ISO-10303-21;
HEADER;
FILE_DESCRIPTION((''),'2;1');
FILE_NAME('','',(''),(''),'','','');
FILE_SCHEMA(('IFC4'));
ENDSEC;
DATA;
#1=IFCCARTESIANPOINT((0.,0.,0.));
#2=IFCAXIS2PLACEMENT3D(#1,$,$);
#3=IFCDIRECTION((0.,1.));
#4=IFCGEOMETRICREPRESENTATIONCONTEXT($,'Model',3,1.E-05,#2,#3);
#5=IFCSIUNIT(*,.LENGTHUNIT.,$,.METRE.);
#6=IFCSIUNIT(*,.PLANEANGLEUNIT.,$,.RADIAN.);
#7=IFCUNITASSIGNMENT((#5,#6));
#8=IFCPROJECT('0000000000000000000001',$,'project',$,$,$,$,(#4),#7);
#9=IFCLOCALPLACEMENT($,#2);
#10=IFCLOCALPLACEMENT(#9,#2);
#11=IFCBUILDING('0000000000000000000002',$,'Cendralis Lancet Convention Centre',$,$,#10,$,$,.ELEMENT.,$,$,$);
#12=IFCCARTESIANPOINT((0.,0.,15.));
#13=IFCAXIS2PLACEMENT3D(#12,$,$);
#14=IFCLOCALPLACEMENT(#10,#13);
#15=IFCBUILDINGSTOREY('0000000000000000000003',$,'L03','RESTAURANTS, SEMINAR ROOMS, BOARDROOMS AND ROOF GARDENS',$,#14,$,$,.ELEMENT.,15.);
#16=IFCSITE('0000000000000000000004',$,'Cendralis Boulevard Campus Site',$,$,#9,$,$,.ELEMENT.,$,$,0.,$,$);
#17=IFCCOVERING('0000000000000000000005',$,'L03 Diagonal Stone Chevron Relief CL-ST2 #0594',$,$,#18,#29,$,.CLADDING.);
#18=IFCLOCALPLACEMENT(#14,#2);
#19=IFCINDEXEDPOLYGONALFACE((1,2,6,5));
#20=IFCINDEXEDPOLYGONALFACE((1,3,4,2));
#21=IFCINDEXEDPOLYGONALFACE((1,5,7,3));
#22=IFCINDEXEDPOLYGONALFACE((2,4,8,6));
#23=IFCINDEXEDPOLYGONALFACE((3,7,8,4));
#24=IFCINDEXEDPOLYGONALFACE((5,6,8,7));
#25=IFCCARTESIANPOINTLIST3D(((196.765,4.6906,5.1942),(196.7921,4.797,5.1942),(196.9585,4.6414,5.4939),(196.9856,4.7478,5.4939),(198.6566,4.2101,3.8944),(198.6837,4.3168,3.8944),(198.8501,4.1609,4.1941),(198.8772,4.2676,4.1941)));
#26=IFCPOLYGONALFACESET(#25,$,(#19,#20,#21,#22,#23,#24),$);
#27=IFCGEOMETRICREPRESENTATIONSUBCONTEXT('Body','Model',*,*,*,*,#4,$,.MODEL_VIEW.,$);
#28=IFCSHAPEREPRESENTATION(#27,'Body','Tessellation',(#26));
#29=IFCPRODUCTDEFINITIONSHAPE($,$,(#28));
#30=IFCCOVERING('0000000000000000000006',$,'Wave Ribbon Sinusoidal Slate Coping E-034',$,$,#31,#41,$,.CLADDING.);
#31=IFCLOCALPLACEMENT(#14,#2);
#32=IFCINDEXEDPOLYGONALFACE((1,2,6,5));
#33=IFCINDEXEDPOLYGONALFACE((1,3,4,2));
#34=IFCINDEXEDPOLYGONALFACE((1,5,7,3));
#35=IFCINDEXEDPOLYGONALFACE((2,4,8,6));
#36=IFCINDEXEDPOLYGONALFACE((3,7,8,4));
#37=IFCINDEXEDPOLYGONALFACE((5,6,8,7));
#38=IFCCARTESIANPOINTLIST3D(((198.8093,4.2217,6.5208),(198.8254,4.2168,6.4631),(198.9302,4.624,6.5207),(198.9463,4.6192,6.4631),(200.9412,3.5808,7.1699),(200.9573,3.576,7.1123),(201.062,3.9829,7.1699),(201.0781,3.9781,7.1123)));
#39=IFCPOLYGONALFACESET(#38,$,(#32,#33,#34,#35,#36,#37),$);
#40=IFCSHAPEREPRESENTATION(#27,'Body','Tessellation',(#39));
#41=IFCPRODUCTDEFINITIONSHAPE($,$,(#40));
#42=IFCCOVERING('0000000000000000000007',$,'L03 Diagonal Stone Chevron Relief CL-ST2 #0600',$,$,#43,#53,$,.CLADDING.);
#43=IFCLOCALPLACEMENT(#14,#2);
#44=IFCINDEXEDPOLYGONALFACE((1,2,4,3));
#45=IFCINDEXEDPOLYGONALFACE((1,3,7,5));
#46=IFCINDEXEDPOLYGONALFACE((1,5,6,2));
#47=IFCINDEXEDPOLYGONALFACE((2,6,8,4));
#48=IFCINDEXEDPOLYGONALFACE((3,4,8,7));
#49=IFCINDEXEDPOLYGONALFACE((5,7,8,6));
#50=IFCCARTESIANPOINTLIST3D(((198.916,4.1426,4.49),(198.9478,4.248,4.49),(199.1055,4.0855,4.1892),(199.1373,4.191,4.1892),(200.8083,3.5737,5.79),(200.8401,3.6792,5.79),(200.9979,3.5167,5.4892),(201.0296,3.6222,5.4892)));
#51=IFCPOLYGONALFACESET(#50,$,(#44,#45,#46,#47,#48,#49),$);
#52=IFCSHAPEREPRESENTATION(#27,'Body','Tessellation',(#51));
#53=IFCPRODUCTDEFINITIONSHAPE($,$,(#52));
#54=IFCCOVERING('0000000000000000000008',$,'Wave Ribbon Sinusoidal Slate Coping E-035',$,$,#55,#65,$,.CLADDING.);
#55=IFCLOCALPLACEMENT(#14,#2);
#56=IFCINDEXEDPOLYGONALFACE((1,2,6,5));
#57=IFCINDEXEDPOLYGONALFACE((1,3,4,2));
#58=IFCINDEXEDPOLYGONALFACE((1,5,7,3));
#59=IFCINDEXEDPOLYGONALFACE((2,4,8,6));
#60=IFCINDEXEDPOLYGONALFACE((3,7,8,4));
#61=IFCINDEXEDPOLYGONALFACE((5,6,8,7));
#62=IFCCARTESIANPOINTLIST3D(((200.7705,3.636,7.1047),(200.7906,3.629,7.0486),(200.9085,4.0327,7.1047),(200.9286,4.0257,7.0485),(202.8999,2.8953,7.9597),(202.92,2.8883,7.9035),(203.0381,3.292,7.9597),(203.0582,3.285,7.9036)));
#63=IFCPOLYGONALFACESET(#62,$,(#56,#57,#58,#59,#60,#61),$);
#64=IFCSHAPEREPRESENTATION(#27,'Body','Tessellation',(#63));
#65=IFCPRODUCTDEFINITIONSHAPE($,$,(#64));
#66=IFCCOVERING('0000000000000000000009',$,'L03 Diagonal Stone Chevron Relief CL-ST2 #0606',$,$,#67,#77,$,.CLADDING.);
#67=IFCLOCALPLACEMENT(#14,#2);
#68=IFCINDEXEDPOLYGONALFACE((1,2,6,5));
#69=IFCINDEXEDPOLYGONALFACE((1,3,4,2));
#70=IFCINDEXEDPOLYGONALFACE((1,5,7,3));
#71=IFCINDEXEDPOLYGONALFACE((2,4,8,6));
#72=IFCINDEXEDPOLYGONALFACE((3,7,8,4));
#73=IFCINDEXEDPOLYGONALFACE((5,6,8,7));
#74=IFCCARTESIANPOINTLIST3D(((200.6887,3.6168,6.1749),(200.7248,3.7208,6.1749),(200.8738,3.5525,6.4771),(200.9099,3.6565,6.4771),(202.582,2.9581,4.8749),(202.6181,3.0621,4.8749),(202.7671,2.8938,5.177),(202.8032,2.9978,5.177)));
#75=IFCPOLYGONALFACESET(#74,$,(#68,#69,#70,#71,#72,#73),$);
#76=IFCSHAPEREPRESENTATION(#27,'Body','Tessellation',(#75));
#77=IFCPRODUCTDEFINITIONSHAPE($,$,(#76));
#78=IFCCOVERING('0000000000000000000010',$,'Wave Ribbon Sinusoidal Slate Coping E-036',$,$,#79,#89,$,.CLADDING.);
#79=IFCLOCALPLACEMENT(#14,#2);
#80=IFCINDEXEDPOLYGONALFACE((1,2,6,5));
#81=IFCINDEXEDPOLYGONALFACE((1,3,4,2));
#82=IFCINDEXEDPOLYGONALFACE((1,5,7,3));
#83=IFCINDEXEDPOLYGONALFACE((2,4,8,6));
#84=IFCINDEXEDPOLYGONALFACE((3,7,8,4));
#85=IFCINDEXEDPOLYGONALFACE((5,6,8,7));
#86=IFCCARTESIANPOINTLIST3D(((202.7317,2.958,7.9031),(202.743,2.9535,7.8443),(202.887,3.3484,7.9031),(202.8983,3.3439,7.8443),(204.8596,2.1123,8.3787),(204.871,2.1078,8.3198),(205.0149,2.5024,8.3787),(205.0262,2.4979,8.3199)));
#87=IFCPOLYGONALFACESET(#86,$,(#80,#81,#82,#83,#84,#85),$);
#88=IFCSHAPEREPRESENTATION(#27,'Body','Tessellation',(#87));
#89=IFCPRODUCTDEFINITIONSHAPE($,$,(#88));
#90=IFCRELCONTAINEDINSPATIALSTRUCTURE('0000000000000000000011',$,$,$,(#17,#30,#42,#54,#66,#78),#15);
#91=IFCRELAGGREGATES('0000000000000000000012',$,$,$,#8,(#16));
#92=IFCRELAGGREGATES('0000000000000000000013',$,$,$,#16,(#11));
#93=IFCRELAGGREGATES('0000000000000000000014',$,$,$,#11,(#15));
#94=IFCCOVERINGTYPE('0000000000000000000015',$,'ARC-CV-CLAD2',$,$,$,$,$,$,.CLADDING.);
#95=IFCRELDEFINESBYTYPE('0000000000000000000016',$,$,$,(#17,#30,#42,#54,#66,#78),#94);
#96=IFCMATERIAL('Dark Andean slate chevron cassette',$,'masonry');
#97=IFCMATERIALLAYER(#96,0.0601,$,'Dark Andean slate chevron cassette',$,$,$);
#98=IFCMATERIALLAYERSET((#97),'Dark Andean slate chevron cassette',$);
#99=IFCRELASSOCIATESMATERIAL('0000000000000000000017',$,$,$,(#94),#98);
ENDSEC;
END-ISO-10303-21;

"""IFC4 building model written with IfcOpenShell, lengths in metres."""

from ifc_helpers import new_model, si_unit, direction, frame, origin, place, context, subcontext, project, spatial, polyline, outline, extrude, material, layer, layer_set, type_object, element, save


model = new_model("IFC4")

# Units and contexts
model_context = context("Model", 3, precision=1e-05, world=origin(), true_north=direction((0.0, 1.0)))
body_context = subcontext(model_context, "Body", "Model", "MODEL_VIEW")
ifc_project = project(units=[si_unit("LENGTHUNIT", "METRE"), si_unit("PLANEANGLEUNIT", "RADIAN")], contexts=[model_context])

# Site, building, storey
site_placement = place(None, origin())
site = spatial("IfcSite", under=ifc_project, at=site_placement, Name="Cendralis Boulevard Campus Site", CompositionType="ELEMENT", RefElevation=0.0)
building_placement = place(site_placement, origin())
building = spatial("IfcBuilding", under=site, at=building_placement, Name="Cendralis Lancet Convention Centre", CompositionType="ELEMENT")
storey_placement = place(building_placement, frame((0.0, 0.0, 15.0)))
storey = spatial("IfcBuildingStorey", under=building, at=storey_placement, Name="L03", Description="RESTAURANTS, SEMINAR ROOMS, BOARDROOMS AND ROOF GARDENS", CompositionType="ELEMENT", Elevation=15.0)

# Shared definitions
ifc_material_1 = material(Name="Dark Andean slate chevron cassette", Category="masonry")

# Coverings
ifc_layer_1 = layer(ifc_material_1, 0.0601, Name="Dark Andean slate chevron cassette")
ifc_layer_set_1 = layer_set([ifc_layer_1], Name="Dark Andean slate chevron cassette")
covering_type_1 = type_object("IfcCoveringType", Name="ARC-CV-CLAD2", PredefinedType="CLADDING", material=ifc_layer_set_1)
covering_1_placement = place(storey_placement, frame((196.9585, 4.6414, 5.4939), z_axis=(0.537222, -0.136613, 0.832304), x_axis=(0.806688, -0.2049, -0.55432)))
element("IfcCovering", 1, at=covering_1_placement, inside=storey, type_object=covering_type_1, Name="L03 Diagonal Stone Chevron Relief CL-ST2 #0594", PredefinedType="CLADDING", context=body_context, shape_type="SweptSolid", body=[
    extrude(outline(polyline([(0.0, 0.0), (2.3449, 0.0), (2.3449, 0.1101), (0.0001, 0.1098), (0.0, 0.0)])), origin(), (0.0, 0.0, -1.0), 0.3601),
])
covering_2_placement = place(storey_placement, frame((198.8093, 4.2217, 6.5208), z_axis=(-0.268114, 0.080556, 0.960013), x_axis=(0.919369, -0.276379, 0.279955)))
element("IfcCovering", 2, at=covering_2_placement, inside=storey, type_object=covering_type_1, Name="Wave Ribbon Sinusoidal Slate Coping E-034", PredefinedType="CLADDING", context=body_context, shape_type="SweptSolid", body=[
    extrude(outline(polyline([(0.0, 0.0), (2.3188, 0.0), (2.3188, 0.4199), (-0.0001, 0.4201), (0.0, 0.0)])), origin(), (0.0, 0.0, -1.0), 0.0601),
])
covering_3_placement = place(storey_placement, frame((198.916, 4.1426, 4.49), z_axis=(-0.526319, 0.158383, 0.835406), x_axis=(0.80004, -0.240497, 0.549634)))
element("IfcCovering", 3, at=covering_3_placement, inside=storey, type_object=covering_type_1, Name="L03 Diagonal Stone Chevron Relief CL-ST2 #0600", PredefinedType="CLADDING", context=body_context, shape_type="SweptSolid", body=[
    extrude(outline(polyline([(0.0, 0.0), (2.3653, 0.0), (2.3653, 0.1101), (0.0, 0.1101), (0.0, 0.0)])), origin(), (0.0, 0.0, -1.0), 0.3601),
])
covering_4_placement = place(storey_placement, frame((200.7705, 3.636, 7.1047), z_axis=(-0.334871, 0.116535, 0.93503), x_axis=(0.883125, -0.3072, 0.354568)))
element("IfcCovering", 4, at=covering_4_placement, inside=storey, type_object=covering_type_1, Name="Wave Ribbon Sinusoidal Slate Coping E-035", PredefinedType="CLADDING", context=body_context, shape_type="SweptSolid", body=[
    extrude(outline(polyline([(0.0, 0.0), (2.4112, 0.0), (2.4114, 0.4201), (-0.0001, 0.42), (0.0, 0.0)])), origin(), (0.0, 0.0, -1.0), 0.0601),
])
covering_5_placement = place(storey_placement, frame((200.8738, 3.5525, 6.4771), z_axis=(0.513984, -0.178567, 0.839008), x_axis=(0.792421, -0.275687, -0.544119)))
element("IfcCovering", 5, at=covering_5_placement, inside=storey, type_object=covering_type_1, Name="L03 Diagonal Stone Chevron Relief CL-ST2 #0606", PredefinedType="CLADDING", context=body_context, shape_type="SweptSolid", body=[
    extrude(outline(polyline([(0.0, 0.0), (2.3893, 0.0), (2.3892, 0.1101), (0.0, 0.1101), (0.0, 0.0)])), origin(), (0.0, 0.0, -1.0), 0.3601),
])
covering_6_placement = place(storey_placement, frame((202.7317, 2.958, 7.9031), z_axis=(-0.188946, 0.075176, 0.979106), x_axis=(0.909881, -0.361614, 0.203352)))
element("IfcCovering", 6, at=covering_6_placement, inside=storey, type_object=covering_type_1, Name="Wave Ribbon Sinusoidal Slate Coping E-036", PredefinedType="CLADDING", context=body_context, shape_type="SweptSolid", body=[
    extrude(outline(polyline([(0.0, 0.0), (2.3387, 0.0), (2.3389, 0.4199), (0.0001, 0.4201), (0.0, 0.0)])), origin(), (0.0, 0.0, -1.0), 0.0601),
])

save(model, "model.ifc")
